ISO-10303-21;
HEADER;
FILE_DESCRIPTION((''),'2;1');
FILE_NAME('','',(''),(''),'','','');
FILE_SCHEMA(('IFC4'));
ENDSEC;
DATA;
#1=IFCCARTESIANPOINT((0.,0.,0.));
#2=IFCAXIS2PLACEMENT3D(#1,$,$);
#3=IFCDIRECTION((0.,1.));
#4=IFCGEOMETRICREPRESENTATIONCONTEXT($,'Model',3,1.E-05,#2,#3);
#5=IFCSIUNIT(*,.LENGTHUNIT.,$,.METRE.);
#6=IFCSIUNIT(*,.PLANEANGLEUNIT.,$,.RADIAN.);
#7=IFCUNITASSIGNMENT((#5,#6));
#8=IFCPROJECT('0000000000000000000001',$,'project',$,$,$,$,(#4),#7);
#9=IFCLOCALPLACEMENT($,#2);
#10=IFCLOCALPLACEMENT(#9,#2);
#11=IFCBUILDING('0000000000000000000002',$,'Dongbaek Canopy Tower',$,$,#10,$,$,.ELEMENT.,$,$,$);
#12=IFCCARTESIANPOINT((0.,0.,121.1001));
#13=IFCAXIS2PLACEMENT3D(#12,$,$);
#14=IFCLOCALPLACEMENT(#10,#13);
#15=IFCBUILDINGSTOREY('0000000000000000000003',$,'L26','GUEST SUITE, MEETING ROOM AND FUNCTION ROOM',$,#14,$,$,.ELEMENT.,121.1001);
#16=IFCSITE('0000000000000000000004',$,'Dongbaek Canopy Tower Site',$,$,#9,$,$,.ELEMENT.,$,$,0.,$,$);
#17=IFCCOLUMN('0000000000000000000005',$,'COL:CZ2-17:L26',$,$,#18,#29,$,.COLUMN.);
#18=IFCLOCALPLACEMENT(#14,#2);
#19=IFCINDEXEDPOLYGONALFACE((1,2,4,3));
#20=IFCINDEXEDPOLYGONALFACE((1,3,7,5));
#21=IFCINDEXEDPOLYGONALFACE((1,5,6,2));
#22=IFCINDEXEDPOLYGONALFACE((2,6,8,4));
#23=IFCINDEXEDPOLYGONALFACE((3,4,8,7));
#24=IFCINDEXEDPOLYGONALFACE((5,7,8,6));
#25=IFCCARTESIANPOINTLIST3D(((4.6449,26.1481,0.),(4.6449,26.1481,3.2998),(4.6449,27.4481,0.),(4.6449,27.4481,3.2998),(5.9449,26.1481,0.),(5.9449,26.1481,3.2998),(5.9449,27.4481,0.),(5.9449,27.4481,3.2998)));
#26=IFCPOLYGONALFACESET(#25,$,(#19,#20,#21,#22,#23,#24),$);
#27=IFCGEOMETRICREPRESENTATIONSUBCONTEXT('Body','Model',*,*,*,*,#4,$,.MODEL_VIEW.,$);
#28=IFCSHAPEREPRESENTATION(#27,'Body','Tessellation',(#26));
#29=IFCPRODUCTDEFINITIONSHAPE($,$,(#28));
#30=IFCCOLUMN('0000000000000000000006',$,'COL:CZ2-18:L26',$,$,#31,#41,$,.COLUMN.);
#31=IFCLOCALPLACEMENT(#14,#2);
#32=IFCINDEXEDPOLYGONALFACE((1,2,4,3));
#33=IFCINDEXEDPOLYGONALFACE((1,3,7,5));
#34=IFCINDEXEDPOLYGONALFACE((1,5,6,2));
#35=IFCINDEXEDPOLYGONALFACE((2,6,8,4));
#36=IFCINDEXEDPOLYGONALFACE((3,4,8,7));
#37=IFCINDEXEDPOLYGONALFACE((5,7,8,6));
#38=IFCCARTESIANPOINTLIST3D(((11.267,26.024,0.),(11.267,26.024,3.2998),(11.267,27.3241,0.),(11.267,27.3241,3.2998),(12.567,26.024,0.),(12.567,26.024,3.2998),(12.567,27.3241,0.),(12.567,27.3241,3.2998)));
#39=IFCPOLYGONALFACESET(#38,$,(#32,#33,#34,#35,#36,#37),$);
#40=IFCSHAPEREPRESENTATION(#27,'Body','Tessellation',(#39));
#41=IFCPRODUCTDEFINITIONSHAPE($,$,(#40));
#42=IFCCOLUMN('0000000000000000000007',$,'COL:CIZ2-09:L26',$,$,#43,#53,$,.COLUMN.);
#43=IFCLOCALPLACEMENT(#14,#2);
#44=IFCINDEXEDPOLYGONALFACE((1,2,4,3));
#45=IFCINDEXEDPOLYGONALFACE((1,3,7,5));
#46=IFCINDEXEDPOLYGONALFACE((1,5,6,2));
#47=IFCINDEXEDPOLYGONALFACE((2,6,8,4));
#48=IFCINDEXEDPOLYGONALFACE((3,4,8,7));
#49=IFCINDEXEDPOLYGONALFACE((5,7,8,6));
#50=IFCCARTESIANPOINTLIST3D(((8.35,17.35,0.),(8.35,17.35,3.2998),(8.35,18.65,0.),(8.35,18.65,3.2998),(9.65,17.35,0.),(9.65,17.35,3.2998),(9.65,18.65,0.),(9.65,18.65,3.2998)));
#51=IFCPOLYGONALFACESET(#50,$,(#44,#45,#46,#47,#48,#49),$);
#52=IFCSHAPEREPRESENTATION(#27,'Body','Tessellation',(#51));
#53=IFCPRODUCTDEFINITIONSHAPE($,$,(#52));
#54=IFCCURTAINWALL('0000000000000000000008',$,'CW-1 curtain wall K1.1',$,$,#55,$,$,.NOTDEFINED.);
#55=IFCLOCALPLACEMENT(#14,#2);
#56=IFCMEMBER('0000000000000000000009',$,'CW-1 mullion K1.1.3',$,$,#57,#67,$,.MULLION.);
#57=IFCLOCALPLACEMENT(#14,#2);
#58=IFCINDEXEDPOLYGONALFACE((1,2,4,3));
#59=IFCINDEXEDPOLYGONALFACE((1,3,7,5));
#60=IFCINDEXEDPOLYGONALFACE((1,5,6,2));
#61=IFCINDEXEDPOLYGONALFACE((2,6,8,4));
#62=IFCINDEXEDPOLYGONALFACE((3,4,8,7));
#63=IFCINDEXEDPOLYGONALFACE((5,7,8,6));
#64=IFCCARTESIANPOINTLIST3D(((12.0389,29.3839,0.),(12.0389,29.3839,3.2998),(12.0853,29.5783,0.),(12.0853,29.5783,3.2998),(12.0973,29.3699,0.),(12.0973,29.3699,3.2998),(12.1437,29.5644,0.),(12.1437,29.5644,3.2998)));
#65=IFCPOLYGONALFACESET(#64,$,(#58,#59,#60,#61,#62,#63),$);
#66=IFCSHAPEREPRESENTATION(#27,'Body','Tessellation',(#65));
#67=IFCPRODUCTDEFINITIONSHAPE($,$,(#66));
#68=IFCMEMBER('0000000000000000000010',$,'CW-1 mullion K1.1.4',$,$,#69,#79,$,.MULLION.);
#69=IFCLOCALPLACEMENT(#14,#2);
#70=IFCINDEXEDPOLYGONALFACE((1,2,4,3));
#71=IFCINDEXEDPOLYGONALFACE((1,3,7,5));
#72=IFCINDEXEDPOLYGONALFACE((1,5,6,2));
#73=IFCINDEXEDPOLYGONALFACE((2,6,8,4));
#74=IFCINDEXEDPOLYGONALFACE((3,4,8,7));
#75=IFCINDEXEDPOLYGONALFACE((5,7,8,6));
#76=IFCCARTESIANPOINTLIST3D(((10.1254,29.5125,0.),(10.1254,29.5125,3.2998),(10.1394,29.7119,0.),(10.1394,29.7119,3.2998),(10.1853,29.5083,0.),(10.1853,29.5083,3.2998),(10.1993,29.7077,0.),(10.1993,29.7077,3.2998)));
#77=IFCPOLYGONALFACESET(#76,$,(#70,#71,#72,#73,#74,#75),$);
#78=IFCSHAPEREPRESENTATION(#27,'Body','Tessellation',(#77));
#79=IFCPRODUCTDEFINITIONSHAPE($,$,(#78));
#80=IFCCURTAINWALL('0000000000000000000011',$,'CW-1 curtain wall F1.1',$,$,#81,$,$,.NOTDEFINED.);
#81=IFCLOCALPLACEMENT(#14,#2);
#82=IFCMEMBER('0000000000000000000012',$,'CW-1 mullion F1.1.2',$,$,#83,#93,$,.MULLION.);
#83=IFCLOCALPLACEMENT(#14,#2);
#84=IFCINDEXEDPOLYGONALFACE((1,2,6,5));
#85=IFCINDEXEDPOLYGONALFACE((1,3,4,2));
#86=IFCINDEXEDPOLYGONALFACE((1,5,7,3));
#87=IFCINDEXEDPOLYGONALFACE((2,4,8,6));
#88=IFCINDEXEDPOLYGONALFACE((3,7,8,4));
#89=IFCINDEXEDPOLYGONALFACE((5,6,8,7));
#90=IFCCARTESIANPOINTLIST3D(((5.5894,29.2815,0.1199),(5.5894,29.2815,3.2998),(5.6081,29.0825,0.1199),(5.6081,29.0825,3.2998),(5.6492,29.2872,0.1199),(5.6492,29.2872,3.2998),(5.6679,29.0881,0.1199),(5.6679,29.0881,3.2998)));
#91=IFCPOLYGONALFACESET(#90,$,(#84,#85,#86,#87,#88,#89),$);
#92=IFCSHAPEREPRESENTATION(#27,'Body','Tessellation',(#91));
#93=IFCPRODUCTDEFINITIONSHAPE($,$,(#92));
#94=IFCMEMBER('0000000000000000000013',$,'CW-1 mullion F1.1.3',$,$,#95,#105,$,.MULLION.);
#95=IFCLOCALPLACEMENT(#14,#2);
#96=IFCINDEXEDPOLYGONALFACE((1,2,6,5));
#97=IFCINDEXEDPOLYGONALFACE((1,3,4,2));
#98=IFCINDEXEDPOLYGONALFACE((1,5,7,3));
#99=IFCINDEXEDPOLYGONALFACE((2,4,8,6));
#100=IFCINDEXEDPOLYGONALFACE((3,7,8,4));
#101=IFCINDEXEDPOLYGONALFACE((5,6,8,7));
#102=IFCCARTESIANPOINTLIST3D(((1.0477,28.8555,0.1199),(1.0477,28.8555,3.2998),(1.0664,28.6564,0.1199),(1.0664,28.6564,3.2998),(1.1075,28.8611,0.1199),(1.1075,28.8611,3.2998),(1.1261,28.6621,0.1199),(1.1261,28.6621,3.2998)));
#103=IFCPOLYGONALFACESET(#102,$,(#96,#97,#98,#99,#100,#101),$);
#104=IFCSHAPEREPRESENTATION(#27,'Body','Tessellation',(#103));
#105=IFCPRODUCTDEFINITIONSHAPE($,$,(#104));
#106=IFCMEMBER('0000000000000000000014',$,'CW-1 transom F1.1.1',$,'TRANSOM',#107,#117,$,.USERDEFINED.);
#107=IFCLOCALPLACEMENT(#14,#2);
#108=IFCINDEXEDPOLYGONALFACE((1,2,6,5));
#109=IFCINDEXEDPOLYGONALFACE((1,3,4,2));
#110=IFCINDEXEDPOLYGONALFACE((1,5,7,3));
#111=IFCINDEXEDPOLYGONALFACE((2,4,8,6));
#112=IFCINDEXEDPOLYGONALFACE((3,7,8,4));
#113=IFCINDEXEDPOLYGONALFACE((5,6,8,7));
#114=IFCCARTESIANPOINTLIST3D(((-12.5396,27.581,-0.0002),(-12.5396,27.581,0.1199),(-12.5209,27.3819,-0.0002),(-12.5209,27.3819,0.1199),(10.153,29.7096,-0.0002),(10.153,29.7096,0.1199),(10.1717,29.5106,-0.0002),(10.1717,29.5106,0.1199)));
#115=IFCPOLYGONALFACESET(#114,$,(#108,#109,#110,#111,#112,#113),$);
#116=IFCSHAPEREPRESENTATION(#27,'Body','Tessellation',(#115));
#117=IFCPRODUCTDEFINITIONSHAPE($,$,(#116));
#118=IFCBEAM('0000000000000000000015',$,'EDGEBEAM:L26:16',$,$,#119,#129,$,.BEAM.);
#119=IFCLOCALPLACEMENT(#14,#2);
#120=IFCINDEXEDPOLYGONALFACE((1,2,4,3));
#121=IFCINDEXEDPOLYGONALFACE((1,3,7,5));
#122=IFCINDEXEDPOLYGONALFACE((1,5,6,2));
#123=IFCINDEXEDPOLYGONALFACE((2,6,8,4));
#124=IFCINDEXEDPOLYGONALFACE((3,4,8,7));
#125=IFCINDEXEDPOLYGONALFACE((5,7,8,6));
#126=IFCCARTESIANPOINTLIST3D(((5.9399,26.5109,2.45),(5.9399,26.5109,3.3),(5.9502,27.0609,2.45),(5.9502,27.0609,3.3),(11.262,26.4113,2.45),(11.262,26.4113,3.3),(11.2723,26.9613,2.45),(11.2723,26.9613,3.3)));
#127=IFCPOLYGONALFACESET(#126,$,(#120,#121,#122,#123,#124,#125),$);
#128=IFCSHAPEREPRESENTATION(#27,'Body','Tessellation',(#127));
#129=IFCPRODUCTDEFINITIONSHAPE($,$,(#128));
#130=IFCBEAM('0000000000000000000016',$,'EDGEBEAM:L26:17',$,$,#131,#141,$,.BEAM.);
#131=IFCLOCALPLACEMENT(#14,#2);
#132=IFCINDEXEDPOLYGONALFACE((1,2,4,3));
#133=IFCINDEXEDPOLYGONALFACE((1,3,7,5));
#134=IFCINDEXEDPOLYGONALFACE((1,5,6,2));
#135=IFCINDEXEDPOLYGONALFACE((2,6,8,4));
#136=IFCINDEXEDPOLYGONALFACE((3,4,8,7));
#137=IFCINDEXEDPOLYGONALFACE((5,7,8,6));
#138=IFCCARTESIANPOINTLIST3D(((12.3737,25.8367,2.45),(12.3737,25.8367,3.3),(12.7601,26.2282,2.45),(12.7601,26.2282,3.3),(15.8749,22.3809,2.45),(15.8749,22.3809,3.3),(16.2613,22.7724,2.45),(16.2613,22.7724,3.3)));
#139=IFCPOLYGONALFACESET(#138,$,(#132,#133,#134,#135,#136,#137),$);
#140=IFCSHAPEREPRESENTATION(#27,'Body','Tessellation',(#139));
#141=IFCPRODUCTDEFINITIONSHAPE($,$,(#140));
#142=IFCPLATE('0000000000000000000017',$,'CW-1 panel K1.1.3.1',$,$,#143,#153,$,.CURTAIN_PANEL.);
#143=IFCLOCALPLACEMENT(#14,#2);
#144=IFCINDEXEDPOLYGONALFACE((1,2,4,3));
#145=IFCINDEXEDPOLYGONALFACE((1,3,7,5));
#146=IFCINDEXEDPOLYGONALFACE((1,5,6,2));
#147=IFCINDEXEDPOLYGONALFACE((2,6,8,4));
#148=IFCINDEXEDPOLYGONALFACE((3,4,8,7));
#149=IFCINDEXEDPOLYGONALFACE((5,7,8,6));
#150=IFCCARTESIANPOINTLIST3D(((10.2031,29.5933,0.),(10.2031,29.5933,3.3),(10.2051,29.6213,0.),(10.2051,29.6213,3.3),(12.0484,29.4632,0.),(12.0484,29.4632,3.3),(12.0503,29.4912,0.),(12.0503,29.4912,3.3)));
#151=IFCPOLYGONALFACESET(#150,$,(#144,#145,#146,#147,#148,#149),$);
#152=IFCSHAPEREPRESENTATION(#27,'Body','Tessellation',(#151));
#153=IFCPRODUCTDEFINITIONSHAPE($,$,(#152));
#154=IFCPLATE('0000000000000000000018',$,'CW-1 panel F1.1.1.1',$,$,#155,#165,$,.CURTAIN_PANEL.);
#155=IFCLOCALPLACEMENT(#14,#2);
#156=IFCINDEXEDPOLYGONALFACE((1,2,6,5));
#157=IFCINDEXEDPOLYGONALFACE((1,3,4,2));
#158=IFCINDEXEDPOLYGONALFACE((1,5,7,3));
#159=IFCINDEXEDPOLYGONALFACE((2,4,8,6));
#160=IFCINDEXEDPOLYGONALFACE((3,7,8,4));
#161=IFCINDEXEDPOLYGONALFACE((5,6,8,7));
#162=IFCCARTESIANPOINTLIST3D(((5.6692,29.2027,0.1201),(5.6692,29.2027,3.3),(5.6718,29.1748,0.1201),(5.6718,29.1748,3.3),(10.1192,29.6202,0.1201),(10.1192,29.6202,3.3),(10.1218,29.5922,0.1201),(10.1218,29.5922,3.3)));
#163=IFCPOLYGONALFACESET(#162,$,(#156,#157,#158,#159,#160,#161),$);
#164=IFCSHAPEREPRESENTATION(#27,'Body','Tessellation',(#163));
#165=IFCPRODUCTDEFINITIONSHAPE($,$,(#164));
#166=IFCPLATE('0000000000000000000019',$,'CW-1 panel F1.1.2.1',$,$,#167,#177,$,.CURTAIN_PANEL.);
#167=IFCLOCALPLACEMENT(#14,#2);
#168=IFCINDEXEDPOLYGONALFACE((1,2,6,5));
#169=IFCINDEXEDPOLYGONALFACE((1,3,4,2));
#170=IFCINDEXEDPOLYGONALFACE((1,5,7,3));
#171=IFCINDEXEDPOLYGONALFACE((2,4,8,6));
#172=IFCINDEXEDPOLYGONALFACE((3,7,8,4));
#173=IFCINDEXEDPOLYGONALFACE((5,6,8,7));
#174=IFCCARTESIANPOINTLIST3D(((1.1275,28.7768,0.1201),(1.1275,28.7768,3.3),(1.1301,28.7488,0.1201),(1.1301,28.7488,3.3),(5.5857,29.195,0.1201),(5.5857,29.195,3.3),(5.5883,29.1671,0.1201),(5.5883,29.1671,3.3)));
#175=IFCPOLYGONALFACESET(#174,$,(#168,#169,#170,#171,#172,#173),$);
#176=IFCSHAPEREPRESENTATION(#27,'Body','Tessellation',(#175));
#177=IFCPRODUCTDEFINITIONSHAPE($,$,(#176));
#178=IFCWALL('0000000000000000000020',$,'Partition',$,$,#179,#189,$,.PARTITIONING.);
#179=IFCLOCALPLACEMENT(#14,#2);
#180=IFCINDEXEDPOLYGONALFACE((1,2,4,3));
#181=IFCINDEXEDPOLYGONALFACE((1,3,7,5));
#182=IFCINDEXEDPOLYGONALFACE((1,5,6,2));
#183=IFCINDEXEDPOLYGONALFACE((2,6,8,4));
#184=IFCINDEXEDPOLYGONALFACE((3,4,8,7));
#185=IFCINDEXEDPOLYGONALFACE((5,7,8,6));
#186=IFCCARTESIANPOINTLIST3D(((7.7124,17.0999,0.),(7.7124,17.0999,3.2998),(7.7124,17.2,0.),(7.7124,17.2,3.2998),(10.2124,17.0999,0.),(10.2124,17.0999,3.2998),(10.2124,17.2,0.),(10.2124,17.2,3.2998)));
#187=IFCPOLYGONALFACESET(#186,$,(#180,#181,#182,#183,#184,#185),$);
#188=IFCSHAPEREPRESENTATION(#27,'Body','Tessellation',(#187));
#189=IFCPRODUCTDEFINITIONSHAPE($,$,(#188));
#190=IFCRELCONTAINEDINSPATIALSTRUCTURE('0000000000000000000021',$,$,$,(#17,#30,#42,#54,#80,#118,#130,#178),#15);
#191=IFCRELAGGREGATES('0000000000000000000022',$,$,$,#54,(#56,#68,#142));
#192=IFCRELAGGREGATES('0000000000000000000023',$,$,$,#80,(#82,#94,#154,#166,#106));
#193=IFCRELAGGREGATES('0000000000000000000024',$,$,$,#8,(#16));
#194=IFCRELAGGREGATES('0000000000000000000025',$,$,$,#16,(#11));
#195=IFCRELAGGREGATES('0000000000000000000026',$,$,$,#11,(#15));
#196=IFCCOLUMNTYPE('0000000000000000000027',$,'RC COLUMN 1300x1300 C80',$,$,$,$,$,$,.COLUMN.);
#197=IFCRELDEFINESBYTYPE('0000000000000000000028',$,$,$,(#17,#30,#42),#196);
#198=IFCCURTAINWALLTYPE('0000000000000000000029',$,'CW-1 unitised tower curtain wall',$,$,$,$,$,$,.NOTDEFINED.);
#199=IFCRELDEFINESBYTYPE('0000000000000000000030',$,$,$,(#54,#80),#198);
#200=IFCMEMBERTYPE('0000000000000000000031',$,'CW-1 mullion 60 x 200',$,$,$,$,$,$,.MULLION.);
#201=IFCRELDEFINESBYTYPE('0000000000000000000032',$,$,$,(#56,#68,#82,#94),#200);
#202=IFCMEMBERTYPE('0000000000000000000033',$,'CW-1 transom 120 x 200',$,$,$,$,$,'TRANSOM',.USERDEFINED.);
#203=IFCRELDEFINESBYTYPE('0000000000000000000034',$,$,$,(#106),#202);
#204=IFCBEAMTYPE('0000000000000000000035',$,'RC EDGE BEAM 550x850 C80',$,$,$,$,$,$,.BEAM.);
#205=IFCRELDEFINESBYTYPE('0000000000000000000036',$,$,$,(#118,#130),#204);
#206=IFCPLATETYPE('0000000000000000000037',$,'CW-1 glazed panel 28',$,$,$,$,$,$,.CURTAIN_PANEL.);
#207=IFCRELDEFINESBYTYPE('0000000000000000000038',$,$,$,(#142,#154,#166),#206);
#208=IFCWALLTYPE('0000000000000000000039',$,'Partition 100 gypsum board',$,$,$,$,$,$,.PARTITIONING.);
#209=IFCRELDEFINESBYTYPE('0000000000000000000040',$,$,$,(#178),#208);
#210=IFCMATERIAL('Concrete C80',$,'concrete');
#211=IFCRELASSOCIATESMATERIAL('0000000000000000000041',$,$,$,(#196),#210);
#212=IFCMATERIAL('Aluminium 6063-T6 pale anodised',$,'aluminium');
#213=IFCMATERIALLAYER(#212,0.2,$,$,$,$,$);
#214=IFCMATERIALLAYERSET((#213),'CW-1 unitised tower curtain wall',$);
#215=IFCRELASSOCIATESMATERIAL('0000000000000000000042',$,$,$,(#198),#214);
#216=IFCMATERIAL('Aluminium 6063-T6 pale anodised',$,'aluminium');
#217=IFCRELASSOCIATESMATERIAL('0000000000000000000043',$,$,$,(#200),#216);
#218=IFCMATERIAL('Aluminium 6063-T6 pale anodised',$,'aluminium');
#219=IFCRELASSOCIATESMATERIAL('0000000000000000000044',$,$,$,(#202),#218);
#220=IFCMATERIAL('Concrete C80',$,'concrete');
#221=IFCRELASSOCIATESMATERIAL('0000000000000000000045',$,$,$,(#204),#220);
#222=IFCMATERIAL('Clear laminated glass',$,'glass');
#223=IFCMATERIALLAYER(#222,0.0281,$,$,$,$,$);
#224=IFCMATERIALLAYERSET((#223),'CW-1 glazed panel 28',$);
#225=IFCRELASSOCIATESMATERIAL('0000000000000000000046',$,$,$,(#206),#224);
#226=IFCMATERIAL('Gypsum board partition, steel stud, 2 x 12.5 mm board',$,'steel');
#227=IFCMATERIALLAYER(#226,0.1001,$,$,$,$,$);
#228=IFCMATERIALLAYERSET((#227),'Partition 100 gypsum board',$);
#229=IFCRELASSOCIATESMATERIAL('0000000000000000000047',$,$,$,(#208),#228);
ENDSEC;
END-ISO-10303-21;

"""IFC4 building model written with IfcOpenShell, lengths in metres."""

from ifc_helpers import new_model, si_unit, direction, frame, frame_2d, origin, origin_2d, place, context, subcontext, project, spatial, rectangle, extrude, material, layer, layer_set, material_profile, profile_set, type_object, element, aggregate, save


model = new_model("IFC4")

# Units and contexts
model_context = context("Model", 3, precision=1e-05, world=origin(), true_north=direction((0.0, 1.0)))
body_context = subcontext(model_context, "Body", "Model", "MODEL_VIEW")
ifc_project = project(units=[si_unit("LENGTHUNIT", "METRE"), si_unit("PLANEANGLEUNIT", "RADIAN")], contexts=[model_context])

# Site, building, storey
site_placement = place(None, origin())
site = spatial("IfcSite", under=ifc_project, at=site_placement, Name="Dongbaek Canopy Tower Site", CompositionType="ELEMENT", RefElevation=0.0)
building_placement = place(site_placement, origin())
building = spatial("IfcBuilding", under=site, at=building_placement, Name="Dongbaek Canopy Tower", CompositionType="ELEMENT")
storey_placement = place(building_placement, frame((0.0, 0.0, 121.1001)))
storey = spatial("IfcBuildingStorey", under=building, at=storey_placement, Name="L26", Description="GUEST SUITE, MEETING ROOM AND FUNCTION ROOM", CompositionType="ELEMENT", Elevation=121.1001)

# Columns
ifc_material_1 = material(Name="Concrete C80", Category="concrete")
ifc_material_profile_1 = material_profile(ifc_material_1, rectangle(XDim=1.3, YDim=1.3, at=origin_2d()), Name="RC COLUMN 1300x1300 C80")
ifc_profile_set_1 = profile_set([ifc_material_profile_1], Name="Concrete C80")
column_type = type_object("IfcColumnType", Name="RC COLUMN 1300x1300 C80", PredefinedType="COLUMN", material=ifc_profile_set_1)
for number, where, z_axis, x_axis, name in (
    (1, (5.2949, 26.7981, 0.0), (0.0, 0.0, 1.0), (1.0, 0.0, 0.0), "COL:CZ2-17:L26"),
    (2, (11.917, 26.6741, 0.0), (0.0, 0.0, 1.0), (1.0, 0.0, 0.0), "COL:CZ2-18:L26"),
    (3, (9.0, 18.0, 0.0), (0.0, 0.0, 1.0), (1.0, 0.0, 0.0), "COL:CIZ2-09:L26"),
):
    element("IfcColumn", number, at=place(storey_placement, frame(where, z_axis=z_axis, x_axis=x_axis)), inside=storey, type_object=column_type, Name=name, PredefinedType="COLUMN", context=body_context, shape_type="SweptSolid", body=[
        extrude(rectangle(XDim=1.3, YDim=1.3, at=origin_2d()), origin(), (0.0, 0.0, 1.0), 3.2998),
    ])

# Curtain walls, members
ifc_material_2 = material(Name="Aluminium 6063-T6 pale anodised", Category="aluminium")
ifc_layer_1 = layer(ifc_material_2, 0.2)
ifc_layer_set_1 = layer_set([ifc_layer_1], Name="CW-1 unitised tower curtain wall")
curtain_wall_type = type_object("IfcCurtainWallType", Name="CW-1 unitised tower curtain wall", PredefinedType="NOTDEFINED", material=ifc_layer_set_1)
curtain_wall_1_placement = place(storey_placement, origin())
curtain_wall_1 = element("IfcCurtainWall", 4, at=curtain_wall_1_placement, inside=storey, type_object=curtain_wall_type, Name="CW-1 curtain wall K1.1", PredefinedType="NOTDEFINED")
ifc_material_3 = material(Name="Aluminium 6063-T6 pale anodised", Category="aluminium")
ifc_material_profile_2 = material_profile(ifc_material_3, rectangle(XDim=0.2, YDim=0.0601, at=origin_2d()), Name="CW-1 mullion 60 x 200")
ifc_profile_set_2 = profile_set([ifc_material_profile_2], Name="Aluminium 6063-T6 pale anodised")
member_type_1 = type_object("IfcMemberType", Name="CW-1 mullion 60 x 200", PredefinedType="MULLION", material=ifc_profile_set_2)
member_1_placement = place(storey_placement, frame((12.0913, 29.4741, 0.0), z_axis=(0.0, 0.0, 1.0), x_axis=(0.232218, 0.972664, 0.0)))
member_1 = element("IfcMember", 5, at=member_1_placement, type_object=member_type_1, Name="CW-1 mullion K1.1.3", PredefinedType="MULLION", context=body_context, shape_type="SweptSolid", body=[
    extrude(rectangle(XDim=0.2, YDim=0.0601, at=origin_2d()), origin(), (0.0, 0.0, 1.0), 3.2998),
])
member_2_placement = place(storey_placement, frame((10.1624, 29.6101, 0.0), z_axis=(0.0, 0.0, 1.0), x_axis=(0.070354, 0.997522, 0.0)))
member_2 = element("IfcMember", 6, at=member_2_placement, type_object=member_type_1, Name="CW-1 mullion K1.1.4", PredefinedType="MULLION", context=body_context, shape_type="SweptSolid", body=[
    extrude(rectangle(XDim=0.2, YDim=0.0601, at=origin_2d()), origin(), (0.0, 0.0, 1.0), 3.2998),
])
curtain_wall_2_placement = place(storey_placement, origin())
curtain_wall_2 = element("IfcCurtainWall", 7, at=curtain_wall_2_placement, inside=storey, type_object=curtain_wall_type, Name="CW-1 curtain wall F1.1", PredefinedType="NOTDEFINED")
member_3_placement = place(storey_placement, frame((5.6287, 29.1848, 0.1199), z_axis=(0.0, 0.0, 1.0), x_axis=(-0.093398, 0.995629, 0.0)))
member_3 = element("IfcMember", 8, at=member_3_placement, type_object=member_type_1, Name="CW-1 mullion F1.1.2", PredefinedType="MULLION", context=body_context, shape_type="SweptSolid", body=[
    extrude(rectangle(XDim=0.2, YDim=0.0601, at=origin_2d()), origin(), (0.0, 0.0, 1.0), 3.1799),
])
member_4_placement = place(storey_placement, frame((1.0869, 28.7588, 0.1199), z_axis=(0.0, 0.0, 1.0), x_axis=(-0.093398, 0.995629, 0.0)))
member_4 = element("IfcMember", 9, at=member_4_placement, type_object=member_type_1, Name="CW-1 mullion F1.1.3", PredefinedType="MULLION", context=body_context, shape_type="SweptSolid", body=[
    extrude(rectangle(XDim=0.2, YDim=0.0601, at=origin_2d()), origin(), (0.0, 0.0, 1.0), 3.1799),
])
ifc_material_4 = material(Name="Aluminium 6063-T6 pale anodised", Category="aluminium")
ifc_material_profile_3 = material_profile(ifc_material_4, rectangle(XDim=0.2, YDim=0.1201, at=origin_2d()), Name="CW-1 transom 120 x 200")
ifc_profile_set_3 = profile_set([ifc_material_profile_3], Name="Aluminium 6063-T6 pale anodised")
member_type_2 = type_object("IfcMemberType", Name="CW-1 transom 120 x 200", ElementType="TRANSOM", PredefinedType="USERDEFINED", material=ifc_profile_set_3)
member_5_placement = place(storey_placement, frame((10.1624, 29.6101, 0.0598), z_axis=(-0.995629, -0.093394, 0.0), x_axis=(0.093394, -0.995629, 0.0)))
member_5 = element("IfcMember", 10, at=member_5_placement, type_object=member_type_2, Name="CW-1 transom F1.1.1", ObjectType="TRANSOM", PredefinedType="USERDEFINED", context=body_context, shape_type="SweptSolid", body=[
    extrude(rectangle(XDim=0.2, YDim=0.1201, at=origin_2d()), origin(), (0.0, 0.0, 1.0), 22.7922),
])

# Beams
ifc_material_5 = material(Name="Concrete C80", Category="concrete")
ifc_material_profile_4 = material_profile(ifc_material_5, rectangle(XDim=0.55, YDim=0.8501, at=origin_2d()), Name="RC EDGE BEAM 550x850 C80")
ifc_profile_set_4 = profile_set([ifc_material_profile_4], Name="Concrete C80")
beam_type = type_object("IfcBeamType", Name="RC EDGE BEAM 550x850 C80", PredefinedType="BEAM", material=ifc_profile_set_4)
beam_1_placement = place(storey_placement, frame((5.9451, 26.7859, 2.875), z_axis=(0.999825, -0.018713, 0.0), x_axis=(0.018713, 0.999825, 0.0)))
element("IfcBeam", 11, at=beam_1_placement, inside=storey, type_object=beam_type, Name="EDGEBEAM:L26:16", PredefinedType="BEAM", context=body_context, shape_type="SweptSolid", body=[
    extrude(rectangle(XDim=0.55, YDim=0.8501, at=origin_2d()), origin(), (0.0, 0.0, 1.0), 5.323),
])
beam_2_placement = place(storey_placement, frame((12.5669, 26.0325, 2.875), z_axis=(0.711707, -0.702476, 0.0), x_axis=(0.702476, 0.711707, 0.0)))
element("IfcBeam", 12, at=beam_2_placement, inside=storey, type_object=beam_type, Name="EDGEBEAM:L26:17", PredefinedType="BEAM", context=body_context, shape_type="SweptSolid", body=[
    extrude(rectangle(XDim=0.55, YDim=0.8501, at=origin_2d()), origin(), (0.0, 0.0, 1.0), 4.9194),
])

# Plates
ifc_material_6 = material(Name="Clear laminated glass", Category="glass")
ifc_layer_2 = layer(ifc_material_6, 0.0281)
ifc_layer_set_2 = layer_set([ifc_layer_2], Name="CW-1 glazed panel 28")
plate_type = type_object("IfcPlateType", Name="CW-1 glazed panel 28", PredefinedType="CURTAIN_PANEL", material=ifc_layer_set_2)
plate_1_placement = place(storey_placement, frame((11.1267, 29.5422, 0.0), z_axis=(0.0, 0.0, 1.0), x_axis=(-0.997522, 0.070354, 0.0)))
plate_1 = element("IfcPlate", 13, at=plate_1_placement, type_object=plate_type, Name="CW-1 panel K1.1.3.1", PredefinedType="CURTAIN_PANEL", context=body_context, shape_type="SweptSolid", body=[
    extrude(rectangle(XDim=1.8499, YDim=0.0281, at=origin_2d()), origin(), (0.0, 0.0, 1.0), 3.3),
])
aggregate(curtain_wall_1, [member_1, member_2, plate_1])
plate_2_placement = place(storey_placement, frame((7.8955, 29.3975, 0.1201), z_axis=(0.0, 0.0, 1.0), x_axis=(-0.995629, -0.093398, 0.0)))
plate_2 = element("IfcPlate", 14, at=plate_2_placement, type_object=plate_type, Name="CW-1 panel F1.1.1.1", PredefinedType="CURTAIN_PANEL", context=body_context, shape_type="SweptSolid", body=[
    extrude(rectangle(XDim=4.4695, YDim=0.0281, at=origin_2d()), origin(), (0.0, 0.0, 1.0), 3.1799),
])
plate_3_placement = place(storey_placement, frame((3.3579, 28.9719, 0.1201), z_axis=(0.0, 0.0, 1.0), x_axis=(-0.995629, -0.093398, 0.0)))
plate_3 = element("IfcPlate", 15, at=plate_3_placement, type_object=plate_type, Name="CW-1 panel F1.1.2.1", PredefinedType="CURTAIN_PANEL", context=body_context, shape_type="SweptSolid", body=[
    extrude(rectangle(XDim=4.4778, YDim=0.0281, at=origin_2d()), origin(), (0.0, 0.0, 1.0), 3.1799),
])

# Wall
ifc_material_7 = material(Name="Gypsum board partition, steel stud, 2 x 12.5 mm board", Category="steel")
ifc_layer_3 = layer(ifc_material_7, 0.1001)
ifc_layer_set_3 = layer_set([ifc_layer_3], Name="Partition 100 gypsum board")
wall_type = type_object("IfcWallType", Name="Partition 100 gypsum board", PredefinedType="PARTITIONING", material=ifc_layer_set_3)
wall_1_placement = place(storey_placement, frame((7.7124, 17.1499, 0.0), z_axis=(0.0, 0.0, 1.0), x_axis=(1.0, 0.0, 0.0)))
element("IfcWall", 16, at=wall_1_placement, inside=storey, type_object=wall_type, Name="Partition", PredefinedType="PARTITIONING", context=body_context, shape_type="SweptSolid", body=[
    extrude(rectangle(XDim=2.5, YDim=0.1001, at=frame_2d((1.25, 0.0))), origin(), (0.0, 0.0, 1.0), 3.2998),
])

aggregate(curtain_wall_2, [member_3, member_4, plate_2, plate_3, member_5])

save(model, "model.ifc")
